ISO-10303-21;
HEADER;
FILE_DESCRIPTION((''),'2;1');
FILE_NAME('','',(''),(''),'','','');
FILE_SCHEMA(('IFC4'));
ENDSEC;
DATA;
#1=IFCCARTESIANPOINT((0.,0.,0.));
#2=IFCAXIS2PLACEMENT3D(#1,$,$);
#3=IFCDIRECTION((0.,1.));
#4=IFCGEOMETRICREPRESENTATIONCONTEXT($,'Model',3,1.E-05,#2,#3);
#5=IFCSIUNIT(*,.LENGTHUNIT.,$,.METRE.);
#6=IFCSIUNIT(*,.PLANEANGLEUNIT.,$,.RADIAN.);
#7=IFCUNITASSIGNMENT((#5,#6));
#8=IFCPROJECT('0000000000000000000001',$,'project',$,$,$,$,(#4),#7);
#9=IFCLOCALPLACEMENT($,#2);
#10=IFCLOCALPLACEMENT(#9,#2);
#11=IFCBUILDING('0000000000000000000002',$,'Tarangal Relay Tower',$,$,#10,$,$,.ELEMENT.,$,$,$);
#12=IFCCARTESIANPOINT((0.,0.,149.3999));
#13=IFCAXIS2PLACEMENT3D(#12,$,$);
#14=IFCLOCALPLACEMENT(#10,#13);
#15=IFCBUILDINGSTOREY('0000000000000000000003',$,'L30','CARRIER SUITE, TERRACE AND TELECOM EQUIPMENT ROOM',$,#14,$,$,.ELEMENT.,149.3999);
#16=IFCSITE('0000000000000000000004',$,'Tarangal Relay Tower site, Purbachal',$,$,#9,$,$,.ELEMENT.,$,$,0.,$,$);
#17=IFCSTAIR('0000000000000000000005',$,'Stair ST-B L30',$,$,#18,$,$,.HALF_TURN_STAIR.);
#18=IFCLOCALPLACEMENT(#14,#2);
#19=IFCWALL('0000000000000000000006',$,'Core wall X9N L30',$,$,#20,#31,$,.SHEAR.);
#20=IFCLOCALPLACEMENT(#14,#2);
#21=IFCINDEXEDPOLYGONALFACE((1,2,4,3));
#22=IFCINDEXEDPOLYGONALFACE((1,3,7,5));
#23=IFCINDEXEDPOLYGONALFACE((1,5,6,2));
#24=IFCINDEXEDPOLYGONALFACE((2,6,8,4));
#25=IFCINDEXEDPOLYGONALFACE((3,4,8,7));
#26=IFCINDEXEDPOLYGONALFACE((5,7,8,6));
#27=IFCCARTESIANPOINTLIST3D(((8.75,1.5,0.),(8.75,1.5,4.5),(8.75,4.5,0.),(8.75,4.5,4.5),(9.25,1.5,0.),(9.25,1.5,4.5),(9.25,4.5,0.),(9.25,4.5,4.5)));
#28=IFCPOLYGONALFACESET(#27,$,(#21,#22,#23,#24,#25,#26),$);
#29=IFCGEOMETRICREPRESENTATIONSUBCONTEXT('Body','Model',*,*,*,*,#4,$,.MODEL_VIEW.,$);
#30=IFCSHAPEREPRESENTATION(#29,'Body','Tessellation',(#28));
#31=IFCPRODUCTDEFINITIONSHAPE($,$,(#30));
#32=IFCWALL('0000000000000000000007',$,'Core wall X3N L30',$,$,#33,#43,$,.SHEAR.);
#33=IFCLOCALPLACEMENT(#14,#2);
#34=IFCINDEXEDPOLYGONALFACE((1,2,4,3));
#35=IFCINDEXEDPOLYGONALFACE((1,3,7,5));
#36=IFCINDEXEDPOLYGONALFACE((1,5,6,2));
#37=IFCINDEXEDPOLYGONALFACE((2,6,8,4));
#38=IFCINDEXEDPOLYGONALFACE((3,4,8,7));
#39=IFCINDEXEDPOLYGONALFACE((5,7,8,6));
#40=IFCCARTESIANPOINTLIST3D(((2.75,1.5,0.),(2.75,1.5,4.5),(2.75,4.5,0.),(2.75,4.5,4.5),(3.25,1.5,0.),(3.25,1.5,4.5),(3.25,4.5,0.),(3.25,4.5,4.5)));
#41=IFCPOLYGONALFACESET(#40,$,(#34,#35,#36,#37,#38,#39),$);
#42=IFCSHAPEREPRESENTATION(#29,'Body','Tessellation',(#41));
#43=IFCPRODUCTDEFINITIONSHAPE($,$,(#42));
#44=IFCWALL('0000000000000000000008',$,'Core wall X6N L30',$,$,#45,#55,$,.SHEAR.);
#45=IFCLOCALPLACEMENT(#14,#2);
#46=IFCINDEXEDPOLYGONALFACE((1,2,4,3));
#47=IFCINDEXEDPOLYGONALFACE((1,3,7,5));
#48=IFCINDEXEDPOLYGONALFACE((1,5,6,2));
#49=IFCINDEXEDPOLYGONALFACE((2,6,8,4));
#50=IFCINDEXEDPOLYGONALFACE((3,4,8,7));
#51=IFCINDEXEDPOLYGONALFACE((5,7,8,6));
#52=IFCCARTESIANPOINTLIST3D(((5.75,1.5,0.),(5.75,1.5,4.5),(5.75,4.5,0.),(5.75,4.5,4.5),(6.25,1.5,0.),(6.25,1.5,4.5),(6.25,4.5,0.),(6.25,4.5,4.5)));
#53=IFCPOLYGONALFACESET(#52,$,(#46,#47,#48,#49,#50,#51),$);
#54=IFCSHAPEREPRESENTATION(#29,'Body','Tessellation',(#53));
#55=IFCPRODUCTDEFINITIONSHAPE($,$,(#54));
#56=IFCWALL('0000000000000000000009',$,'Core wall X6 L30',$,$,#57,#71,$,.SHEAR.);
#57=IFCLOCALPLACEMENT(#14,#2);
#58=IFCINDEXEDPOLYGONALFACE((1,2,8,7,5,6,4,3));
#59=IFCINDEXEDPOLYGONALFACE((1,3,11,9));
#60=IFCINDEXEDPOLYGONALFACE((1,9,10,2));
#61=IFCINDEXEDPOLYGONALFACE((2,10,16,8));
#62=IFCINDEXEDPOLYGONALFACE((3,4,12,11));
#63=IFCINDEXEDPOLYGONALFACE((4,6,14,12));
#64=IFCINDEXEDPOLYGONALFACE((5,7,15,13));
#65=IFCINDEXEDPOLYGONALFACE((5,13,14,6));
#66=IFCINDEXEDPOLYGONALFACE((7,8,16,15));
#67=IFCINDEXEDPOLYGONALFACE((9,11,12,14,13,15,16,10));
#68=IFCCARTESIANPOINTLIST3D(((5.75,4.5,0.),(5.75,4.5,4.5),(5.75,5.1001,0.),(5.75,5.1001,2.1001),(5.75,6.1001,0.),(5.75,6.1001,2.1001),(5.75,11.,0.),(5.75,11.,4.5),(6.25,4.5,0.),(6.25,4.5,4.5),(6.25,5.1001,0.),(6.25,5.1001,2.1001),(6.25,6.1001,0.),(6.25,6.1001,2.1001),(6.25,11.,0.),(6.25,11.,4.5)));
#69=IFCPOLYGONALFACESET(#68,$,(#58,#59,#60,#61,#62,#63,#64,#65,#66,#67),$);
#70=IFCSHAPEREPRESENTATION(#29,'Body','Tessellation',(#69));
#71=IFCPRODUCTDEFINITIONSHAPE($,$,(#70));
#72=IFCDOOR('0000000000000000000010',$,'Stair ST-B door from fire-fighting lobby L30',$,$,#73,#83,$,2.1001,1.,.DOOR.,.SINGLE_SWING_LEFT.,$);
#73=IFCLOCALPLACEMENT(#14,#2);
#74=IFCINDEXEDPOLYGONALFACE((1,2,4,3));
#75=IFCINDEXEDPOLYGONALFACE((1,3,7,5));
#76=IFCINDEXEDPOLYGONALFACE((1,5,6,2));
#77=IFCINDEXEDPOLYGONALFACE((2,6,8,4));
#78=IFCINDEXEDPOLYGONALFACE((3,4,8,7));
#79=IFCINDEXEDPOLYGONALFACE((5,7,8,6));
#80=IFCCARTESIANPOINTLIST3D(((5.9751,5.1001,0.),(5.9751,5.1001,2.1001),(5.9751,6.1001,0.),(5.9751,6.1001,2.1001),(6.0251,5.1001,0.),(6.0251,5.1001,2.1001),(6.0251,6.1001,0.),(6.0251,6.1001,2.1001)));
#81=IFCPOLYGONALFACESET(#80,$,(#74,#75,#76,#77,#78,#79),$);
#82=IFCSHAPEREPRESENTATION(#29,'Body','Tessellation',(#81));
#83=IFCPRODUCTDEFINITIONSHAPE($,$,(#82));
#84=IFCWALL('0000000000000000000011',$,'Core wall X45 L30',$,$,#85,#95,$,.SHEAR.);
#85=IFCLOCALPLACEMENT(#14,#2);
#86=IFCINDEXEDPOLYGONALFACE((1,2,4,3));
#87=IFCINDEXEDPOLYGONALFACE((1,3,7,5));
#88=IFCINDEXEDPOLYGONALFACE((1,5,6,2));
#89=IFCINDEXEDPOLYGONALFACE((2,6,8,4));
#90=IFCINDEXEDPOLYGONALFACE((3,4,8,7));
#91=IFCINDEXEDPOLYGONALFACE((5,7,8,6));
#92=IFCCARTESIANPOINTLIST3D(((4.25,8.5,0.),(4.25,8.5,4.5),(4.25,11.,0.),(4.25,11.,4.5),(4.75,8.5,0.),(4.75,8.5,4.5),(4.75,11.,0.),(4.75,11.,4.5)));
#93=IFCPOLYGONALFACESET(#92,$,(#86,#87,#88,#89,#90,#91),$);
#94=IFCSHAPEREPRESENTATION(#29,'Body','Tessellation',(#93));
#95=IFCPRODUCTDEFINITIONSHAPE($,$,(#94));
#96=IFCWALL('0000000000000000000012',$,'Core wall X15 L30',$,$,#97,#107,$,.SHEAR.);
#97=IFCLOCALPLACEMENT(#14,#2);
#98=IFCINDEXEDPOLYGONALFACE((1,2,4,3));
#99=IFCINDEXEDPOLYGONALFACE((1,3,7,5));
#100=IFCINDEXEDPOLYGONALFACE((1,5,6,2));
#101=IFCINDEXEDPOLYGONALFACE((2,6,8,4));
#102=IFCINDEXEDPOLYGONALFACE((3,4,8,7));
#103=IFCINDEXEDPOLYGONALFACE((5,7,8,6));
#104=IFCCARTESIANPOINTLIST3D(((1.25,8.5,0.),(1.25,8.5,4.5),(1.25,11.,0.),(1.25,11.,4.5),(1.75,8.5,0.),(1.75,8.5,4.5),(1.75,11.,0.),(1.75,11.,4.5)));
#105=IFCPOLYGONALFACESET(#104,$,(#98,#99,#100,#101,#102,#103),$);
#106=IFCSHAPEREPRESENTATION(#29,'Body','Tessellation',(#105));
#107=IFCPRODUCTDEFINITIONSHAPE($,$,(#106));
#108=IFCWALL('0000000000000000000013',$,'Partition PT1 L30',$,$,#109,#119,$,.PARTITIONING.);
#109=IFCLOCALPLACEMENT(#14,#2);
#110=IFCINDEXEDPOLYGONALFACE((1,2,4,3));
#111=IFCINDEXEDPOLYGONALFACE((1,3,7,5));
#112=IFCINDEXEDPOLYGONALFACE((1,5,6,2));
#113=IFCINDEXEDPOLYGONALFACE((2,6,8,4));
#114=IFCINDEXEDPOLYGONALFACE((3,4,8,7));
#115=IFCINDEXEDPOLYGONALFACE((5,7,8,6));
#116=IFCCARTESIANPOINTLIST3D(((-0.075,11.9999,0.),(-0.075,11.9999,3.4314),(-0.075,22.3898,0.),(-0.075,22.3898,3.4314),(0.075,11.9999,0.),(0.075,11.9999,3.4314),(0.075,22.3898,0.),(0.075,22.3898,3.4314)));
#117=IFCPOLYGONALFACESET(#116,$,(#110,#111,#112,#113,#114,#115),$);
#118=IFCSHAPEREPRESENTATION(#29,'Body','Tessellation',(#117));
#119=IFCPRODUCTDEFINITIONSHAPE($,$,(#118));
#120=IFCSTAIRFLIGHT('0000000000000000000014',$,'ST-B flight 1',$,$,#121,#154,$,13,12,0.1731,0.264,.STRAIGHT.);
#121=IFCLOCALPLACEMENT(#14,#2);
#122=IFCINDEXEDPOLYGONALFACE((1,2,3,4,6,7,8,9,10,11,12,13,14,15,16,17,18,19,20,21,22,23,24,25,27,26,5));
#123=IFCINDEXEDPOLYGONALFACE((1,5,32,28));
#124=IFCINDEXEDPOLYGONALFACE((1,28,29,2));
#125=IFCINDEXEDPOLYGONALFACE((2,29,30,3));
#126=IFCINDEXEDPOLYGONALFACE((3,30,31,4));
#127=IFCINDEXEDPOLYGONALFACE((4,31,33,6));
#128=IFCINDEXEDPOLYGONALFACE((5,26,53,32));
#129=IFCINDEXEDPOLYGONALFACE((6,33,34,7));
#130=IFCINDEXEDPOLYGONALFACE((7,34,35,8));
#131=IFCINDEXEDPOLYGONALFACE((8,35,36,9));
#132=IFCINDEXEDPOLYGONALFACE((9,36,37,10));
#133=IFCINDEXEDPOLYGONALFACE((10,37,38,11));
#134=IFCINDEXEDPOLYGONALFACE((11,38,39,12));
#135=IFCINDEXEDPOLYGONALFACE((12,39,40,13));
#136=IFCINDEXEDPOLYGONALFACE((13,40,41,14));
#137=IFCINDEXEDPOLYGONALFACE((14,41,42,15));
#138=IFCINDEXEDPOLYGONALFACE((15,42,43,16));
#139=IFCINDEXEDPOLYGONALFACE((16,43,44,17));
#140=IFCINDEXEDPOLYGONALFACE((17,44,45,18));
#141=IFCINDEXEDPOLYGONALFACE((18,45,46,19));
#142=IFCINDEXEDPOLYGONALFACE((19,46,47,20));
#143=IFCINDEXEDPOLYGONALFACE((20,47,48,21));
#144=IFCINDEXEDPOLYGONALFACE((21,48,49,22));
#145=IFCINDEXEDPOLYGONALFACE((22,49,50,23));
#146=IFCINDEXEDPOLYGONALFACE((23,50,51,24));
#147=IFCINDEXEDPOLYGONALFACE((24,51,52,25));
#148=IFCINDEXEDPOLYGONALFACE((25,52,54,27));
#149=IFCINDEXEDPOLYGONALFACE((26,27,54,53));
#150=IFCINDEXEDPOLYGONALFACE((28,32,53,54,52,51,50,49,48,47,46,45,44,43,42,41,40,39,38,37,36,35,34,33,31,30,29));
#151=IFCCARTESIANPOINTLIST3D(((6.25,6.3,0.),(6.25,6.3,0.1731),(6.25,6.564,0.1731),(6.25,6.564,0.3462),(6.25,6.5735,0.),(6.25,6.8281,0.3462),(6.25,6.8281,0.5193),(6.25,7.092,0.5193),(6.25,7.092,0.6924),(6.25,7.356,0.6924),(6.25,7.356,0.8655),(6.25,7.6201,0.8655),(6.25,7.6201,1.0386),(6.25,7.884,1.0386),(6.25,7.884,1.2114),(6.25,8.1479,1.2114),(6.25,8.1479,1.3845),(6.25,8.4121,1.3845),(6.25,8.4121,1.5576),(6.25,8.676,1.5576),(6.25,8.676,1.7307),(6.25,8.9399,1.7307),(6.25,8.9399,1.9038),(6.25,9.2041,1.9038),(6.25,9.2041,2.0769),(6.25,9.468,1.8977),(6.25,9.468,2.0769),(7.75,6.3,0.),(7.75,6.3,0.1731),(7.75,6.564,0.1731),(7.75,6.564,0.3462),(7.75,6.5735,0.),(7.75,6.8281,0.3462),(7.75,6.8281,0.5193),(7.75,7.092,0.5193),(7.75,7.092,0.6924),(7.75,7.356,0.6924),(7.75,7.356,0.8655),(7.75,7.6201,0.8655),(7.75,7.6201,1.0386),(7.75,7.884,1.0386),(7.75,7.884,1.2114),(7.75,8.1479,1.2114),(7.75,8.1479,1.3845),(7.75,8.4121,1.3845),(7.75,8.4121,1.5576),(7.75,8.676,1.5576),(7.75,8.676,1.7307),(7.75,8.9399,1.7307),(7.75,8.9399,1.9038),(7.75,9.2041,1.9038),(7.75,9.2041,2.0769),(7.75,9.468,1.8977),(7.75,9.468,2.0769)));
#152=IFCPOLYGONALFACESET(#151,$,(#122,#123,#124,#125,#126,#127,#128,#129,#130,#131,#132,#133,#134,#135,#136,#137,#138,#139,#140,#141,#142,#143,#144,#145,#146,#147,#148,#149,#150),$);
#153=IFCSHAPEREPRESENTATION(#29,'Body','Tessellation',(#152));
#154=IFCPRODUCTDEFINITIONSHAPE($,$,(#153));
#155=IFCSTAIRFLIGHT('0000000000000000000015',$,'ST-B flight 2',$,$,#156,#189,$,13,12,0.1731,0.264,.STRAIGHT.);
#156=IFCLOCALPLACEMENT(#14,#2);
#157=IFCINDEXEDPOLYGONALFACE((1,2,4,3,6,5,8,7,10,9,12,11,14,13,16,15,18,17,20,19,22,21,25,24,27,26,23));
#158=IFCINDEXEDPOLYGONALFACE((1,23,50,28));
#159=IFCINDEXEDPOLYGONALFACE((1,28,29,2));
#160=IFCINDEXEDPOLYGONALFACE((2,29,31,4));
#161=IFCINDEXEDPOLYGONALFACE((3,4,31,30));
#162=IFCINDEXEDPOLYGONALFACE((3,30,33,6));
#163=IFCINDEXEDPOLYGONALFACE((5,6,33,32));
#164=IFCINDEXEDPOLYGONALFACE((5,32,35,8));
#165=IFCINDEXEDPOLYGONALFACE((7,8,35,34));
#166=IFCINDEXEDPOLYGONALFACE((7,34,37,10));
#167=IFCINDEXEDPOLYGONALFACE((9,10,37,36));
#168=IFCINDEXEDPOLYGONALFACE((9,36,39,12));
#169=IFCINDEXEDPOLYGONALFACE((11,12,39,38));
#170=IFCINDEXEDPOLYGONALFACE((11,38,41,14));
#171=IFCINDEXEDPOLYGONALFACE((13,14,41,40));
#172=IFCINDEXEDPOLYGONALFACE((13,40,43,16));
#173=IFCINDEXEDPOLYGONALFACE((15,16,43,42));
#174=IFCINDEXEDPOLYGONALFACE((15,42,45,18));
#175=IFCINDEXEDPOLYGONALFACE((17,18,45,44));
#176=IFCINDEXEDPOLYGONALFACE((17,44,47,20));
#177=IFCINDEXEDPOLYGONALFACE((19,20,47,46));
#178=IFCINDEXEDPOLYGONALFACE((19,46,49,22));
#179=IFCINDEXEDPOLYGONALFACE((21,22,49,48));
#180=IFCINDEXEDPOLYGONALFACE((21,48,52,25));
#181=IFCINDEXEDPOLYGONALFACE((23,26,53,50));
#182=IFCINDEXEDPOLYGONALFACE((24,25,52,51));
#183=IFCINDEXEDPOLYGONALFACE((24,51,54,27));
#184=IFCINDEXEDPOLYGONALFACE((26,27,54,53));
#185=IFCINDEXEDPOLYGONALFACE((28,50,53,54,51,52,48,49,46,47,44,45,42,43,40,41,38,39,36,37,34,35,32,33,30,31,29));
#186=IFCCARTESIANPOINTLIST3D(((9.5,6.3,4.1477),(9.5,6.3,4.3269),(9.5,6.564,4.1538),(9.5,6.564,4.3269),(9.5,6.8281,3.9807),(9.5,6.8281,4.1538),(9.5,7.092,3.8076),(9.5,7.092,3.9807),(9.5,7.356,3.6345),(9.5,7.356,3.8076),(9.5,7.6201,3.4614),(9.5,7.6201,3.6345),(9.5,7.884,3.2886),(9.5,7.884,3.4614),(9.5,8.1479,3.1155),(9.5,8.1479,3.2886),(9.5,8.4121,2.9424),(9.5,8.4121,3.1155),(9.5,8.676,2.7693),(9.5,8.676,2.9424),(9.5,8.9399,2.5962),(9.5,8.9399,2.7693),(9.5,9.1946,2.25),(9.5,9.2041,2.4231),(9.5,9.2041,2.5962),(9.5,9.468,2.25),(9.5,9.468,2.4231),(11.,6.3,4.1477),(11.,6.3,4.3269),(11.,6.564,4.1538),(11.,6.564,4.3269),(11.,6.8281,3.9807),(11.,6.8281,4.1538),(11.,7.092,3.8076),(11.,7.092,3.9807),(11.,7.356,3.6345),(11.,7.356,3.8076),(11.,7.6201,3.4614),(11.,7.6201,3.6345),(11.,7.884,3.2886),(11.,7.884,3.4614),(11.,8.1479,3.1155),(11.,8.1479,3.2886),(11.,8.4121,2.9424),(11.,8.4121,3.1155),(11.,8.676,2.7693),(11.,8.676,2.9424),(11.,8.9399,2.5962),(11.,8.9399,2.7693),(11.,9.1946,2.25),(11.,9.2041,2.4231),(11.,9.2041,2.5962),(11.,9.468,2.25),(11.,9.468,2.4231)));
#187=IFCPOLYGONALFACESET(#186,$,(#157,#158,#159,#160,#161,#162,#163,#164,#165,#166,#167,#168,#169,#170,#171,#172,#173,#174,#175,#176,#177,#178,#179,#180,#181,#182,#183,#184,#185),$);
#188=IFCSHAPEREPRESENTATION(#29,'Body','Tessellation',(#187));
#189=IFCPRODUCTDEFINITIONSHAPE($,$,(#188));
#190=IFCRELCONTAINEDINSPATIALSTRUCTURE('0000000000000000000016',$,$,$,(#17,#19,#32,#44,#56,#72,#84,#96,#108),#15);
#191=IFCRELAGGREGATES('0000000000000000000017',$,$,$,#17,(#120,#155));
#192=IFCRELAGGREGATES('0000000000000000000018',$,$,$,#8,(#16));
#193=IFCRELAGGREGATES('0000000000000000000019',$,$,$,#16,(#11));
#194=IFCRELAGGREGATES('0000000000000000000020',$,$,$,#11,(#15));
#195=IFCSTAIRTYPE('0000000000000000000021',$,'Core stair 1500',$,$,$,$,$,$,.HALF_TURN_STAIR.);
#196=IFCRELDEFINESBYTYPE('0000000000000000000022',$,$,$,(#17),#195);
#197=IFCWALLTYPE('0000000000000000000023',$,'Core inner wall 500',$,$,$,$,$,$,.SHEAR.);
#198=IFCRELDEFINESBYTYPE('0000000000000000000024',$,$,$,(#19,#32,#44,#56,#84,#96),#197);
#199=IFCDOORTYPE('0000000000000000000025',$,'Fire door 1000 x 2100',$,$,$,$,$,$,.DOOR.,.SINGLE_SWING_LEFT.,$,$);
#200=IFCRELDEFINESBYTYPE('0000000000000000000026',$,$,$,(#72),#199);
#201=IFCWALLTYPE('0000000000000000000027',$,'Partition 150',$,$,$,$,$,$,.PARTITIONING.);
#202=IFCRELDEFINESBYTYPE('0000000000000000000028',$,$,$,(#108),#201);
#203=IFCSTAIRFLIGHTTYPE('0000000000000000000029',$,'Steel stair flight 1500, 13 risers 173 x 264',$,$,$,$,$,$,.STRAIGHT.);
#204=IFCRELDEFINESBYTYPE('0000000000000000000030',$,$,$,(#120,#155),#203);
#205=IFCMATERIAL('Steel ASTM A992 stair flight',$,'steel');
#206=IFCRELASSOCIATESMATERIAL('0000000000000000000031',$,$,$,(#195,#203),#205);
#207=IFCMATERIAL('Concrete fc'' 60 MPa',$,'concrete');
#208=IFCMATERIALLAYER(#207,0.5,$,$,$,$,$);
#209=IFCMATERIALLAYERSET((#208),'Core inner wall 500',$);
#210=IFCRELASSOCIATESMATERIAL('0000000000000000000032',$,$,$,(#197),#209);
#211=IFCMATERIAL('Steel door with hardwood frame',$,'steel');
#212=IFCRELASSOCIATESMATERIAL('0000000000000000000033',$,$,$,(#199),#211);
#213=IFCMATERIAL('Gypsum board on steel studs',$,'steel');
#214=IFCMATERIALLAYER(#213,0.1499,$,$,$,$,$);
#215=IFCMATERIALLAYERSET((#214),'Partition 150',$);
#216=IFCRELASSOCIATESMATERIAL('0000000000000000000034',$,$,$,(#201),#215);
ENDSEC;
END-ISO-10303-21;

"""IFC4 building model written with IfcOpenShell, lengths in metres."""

from ifc_helpers import new_model, si_unit, direction, frame, frame_2d, origin, place, context, subcontext, project, spatial, polyline, rectangle, outline, extrude, material, layer, layer_set, type_object, element, fill, aggregate, save


model = new_model("IFC4")

# Units and contexts
model_context = context("Model", 3, precision=1e-05, world=origin(), true_north=direction((0.0, 1.0)))
body_context = subcontext(model_context, "Body", "Model", "MODEL_VIEW")
ifc_project = project(units=[si_unit("LENGTHUNIT", "METRE"), si_unit("PLANEANGLEUNIT", "RADIAN")], contexts=[model_context])

# Site, building, storey
site_placement = place(None, origin())
site = spatial("IfcSite", under=ifc_project, at=site_placement, Name="Tarangal Relay Tower site, Purbachal", CompositionType="ELEMENT", RefElevation=0.0)
building_placement = place(site_placement, origin())
building = spatial("IfcBuilding", under=site, at=building_placement, Name="Tarangal Relay Tower", CompositionType="ELEMENT")
storey_placement = place(building_placement, frame((0.0, 0.0, 149.3999)))
storey = spatial("IfcBuildingStorey", under=building, at=storey_placement, Name="L30", Description="CARRIER SUITE, TERRACE AND TELECOM EQUIPMENT ROOM", CompositionType="ELEMENT", Elevation=149.3999)

# Stair
ifc_material_1 = material(Name="Steel ASTM A992 stair flight", Category="steel")
stair_type = type_object("IfcStairType", Name="Core stair 1500", PredefinedType="HALF_TURN_STAIR", material=ifc_material_1)
stair_1_placement = place(storey_placement, origin())
stair_1 = element("IfcStair", 1, at=stair_1_placement, inside=storey, type_object=stair_type, Name="Stair ST-B L30", PredefinedType="HALF_TURN_STAIR")

# Walls
ifc_material_2 = material(Name="Concrete fc' 60 MPa", Category="concrete")
ifc_layer_1 = layer(ifc_material_2, 0.5)
ifc_layer_set_1 = layer_set([ifc_layer_1], Name="Core inner wall 500")
wall_type_1 = type_object("IfcWallType", Name="Core inner wall 500", PredefinedType="SHEAR", material=ifc_layer_set_1)
for number, where, z_axis, x_axis, name in (
    (2, (9.0, 1.5, 0.0), (0.0, 0.0, 1.0), (0.0, 1.0, 0.0), "Core wall X9N L30"),
    (3, (3.0, 1.5, 0.0), (0.0, 0.0, 1.0), (0.0, 1.0, 0.0), "Core wall X3N L30"),
    (4, (6.0, 1.5, 0.0), (0.0, 0.0, 1.0), (0.0, 1.0, 0.0), "Core wall X6N L30"),
):
    element("IfcWall", number, at=place(storey_placement, frame(where, z_axis=z_axis, x_axis=x_axis)), inside=storey, type_object=wall_type_1, Name=name, PredefinedType="SHEAR", context=body_context, shape_type="SweptSolid", body=[
        extrude(rectangle(XDim=3.0, YDim=0.5, at=frame_2d((1.5, 0.0))), origin(), (0.0, 0.0, 1.0), 4.5),
    ])

# Wall, opening, door
wall_1_placement = place(storey_placement, frame((6.0, 4.5, 0.0), z_axis=(0.0, 0.0, 1.0), x_axis=(0.0, 1.0, 0.0)))
wall_1 = element("IfcWall", 5, at=wall_1_placement, inside=storey, type_object=wall_type_1, Name="Core wall X6 L30", PredefinedType="SHEAR", context=body_context, shape_type="SweptSolid", body=[
    extrude(rectangle(XDim=6.5, YDim=0.5, at=frame_2d((3.25, 0.0))), origin(), (0.0, 0.0, 1.0), 4.5),
])
opening_placement = place(wall_1_placement, frame((0.6001, 0.0, 0.0)))
opening = element("IfcOpeningElement", 6, at=opening_placement, cuts=wall_1, PredefinedType="OPENING", context=body_context, shape_type="SweptSolid", body=[
    extrude(rectangle(XDim=1.0, YDim=2.1001, at=frame_2d((0.5, 1.05))), frame((0.0, 0.26, 0.0), z_axis=(0.0, -1.0, 0.0), x_axis=(1.0, 0.0, 0.0)), (0.0, 0.0, 1.0), 0.52),
])
ifc_material_3 = material(Name="Steel door with hardwood frame", Category="steel")
door_type = type_object("IfcDoorType", Name="Fire door 1000 x 2100", OperationType="SINGLE_SWING_LEFT", PredefinedType="DOOR", material=ifc_material_3)
door_placement = place(opening_placement, origin())
door = element("IfcDoor", 7, at=door_placement, inside=storey, type_object=door_type, Name="Stair ST-B door from fire-fighting lobby L30", OperationType="SINGLE_SWING_LEFT", OverallHeight=2.1001, OverallWidth=1.0, PredefinedType="DOOR", context=body_context, shape_type="SweptSolid", body=[
    extrude(rectangle(XDim=1.0, YDim=2.1001, at=frame_2d((0.5, 1.05))), frame((0.0, 0.0249, 0.0), z_axis=(0.0, -1.0, 0.0), x_axis=(1.0, 0.0, 0.0)), (0.0, 0.0, 1.0), 0.05),
])
fill(opening, door)

# Walls
for number, where, z_axis, x_axis, name in (
    (8, (4.5, 8.5, 0.0), (0.0, 0.0, 1.0), (0.0, 1.0, 0.0), "Core wall X45 L30"),
    (9, (1.5, 8.5, 0.0), (0.0, 0.0, 1.0), (0.0, 1.0, 0.0), "Core wall X15 L30"),
):
    element("IfcWall", number, at=place(storey_placement, frame(where, z_axis=z_axis, x_axis=x_axis)), inside=storey, type_object=wall_type_1, Name=name, PredefinedType="SHEAR", context=body_context, shape_type="SweptSolid", body=[
        extrude(rectangle(XDim=2.5, YDim=0.5, at=frame_2d((1.25, 0.0))), origin(), (0.0, 0.0, 1.0), 4.5),
    ])
ifc_material_4 = material(Name="Gypsum board on steel studs", Category="steel")
ifc_layer_2 = layer(ifc_material_4, 0.1499)
ifc_layer_set_2 = layer_set([ifc_layer_2], Name="Partition 150")
wall_type_2 = type_object("IfcWallType", Name="Partition 150", PredefinedType="PARTITIONING", material=ifc_layer_set_2)
wall_2_placement = place(storey_placement, frame((0.0, 12.0, 0.0), z_axis=(0.0, 0.0, 1.0), x_axis=(0.0, 1.0, 0.0)))
element("IfcWall", 10, at=wall_2_placement, inside=storey, type_object=wall_type_2, Name="Partition PT1 L30", PredefinedType="PARTITIONING", context=body_context, shape_type="SweptSolid", body=[
    extrude(rectangle(XDim=10.3899, YDim=0.1499, at=frame_2d((5.1948, 0.0))), origin(), (0.0, 0.0, 1.0), 3.4314),
])

# Stair flights
stair_flight_type = type_object("IfcStairFlightType", Name="Steel stair flight 1500, 13 risers 173 x 264", PredefinedType="STRAIGHT", material=ifc_material_1)
stair_flight_1_placement = place(storey_placement, frame((7.0, 6.3, 0.0), z_axis=(0.0, 0.0, 1.0), x_axis=(0.0, 1.0, 0.0)))
stair_flight_1 = element("IfcStairFlight", 11, at=stair_flight_1_placement, type_object=stair_flight_type, Name="ST-B flight 1", NumberOfRisers=13, NumberOfTreads=12, PredefinedType="STRAIGHT", RiserHeight=0.1731, TreadLength=0.264, context=body_context, shape_type="SweptSolid", body=[
    extrude(outline(polyline([(0.0, 0.0), (0.0, 0.1731), (0.2639, 0.1731), (0.2639, 0.3462), (0.5281, 0.3462), (0.5281, 0.5193), (0.792, 0.5193), (0.792, 0.6924), (1.0559, 0.6924), (1.0559, 0.8655), (1.3201, 0.8655), (1.3201, 1.0386), (1.584, 1.0386), (1.584, 1.2114), (1.8479, 1.2114), (1.8479, 1.3845), (2.1121, 1.3845), (2.1121, 1.5576), (2.376, 1.5576), (2.376, 1.7307), (2.6399, 1.7307), (2.6399, 1.9038), (2.9041, 1.9038), (2.9041, 2.0769), (3.168, 2.0769), (3.168, 2.25), (3.168, 1.8977), (0.2734, 0.0), (0.0, 0.0)])), frame((0.0, 0.75, 0.0), z_axis=(0.0, -1.0, 0.0), x_axis=(1.0, 0.0, 0.0)), (0.0, 0.0, 1.0), 1.5),
])
stair_flight_2_placement = place(storey_placement, frame((10.25, 9.468, 2.25), z_axis=(0.0, 0.0, 1.0), x_axis=(0.0, -1.0, 0.0)))
stair_flight_2 = element("IfcStairFlight", 12, at=stair_flight_2_placement, type_object=stair_flight_type, Name="ST-B flight 2", NumberOfRisers=13, NumberOfTreads=12, PredefinedType="STRAIGHT", RiserHeight=0.1731, TreadLength=0.264, context=body_context, shape_type="SweptSolid", body=[
    extrude(outline(polyline([(0.0, 0.0), (0.0, 0.1731), (0.2639, 0.1731), (0.2639, 0.3462), (0.5281, 0.3462), (0.5281, 0.5193), (0.792, 0.5193), (0.792, 0.6924), (1.0559, 0.6924), (1.0559, 0.8655), (1.3201, 0.8655), (1.3201, 1.0386), (1.584, 1.0386), (1.584, 1.2114), (1.8479, 1.2114), (1.8479, 1.3845), (2.1121, 1.3845), (2.1121, 1.5576), (2.376, 1.5576), (2.376, 1.7307), (2.6399, 1.7307), (2.6399, 1.9038), (2.9041, 1.9038), (2.9041, 2.0769), (3.168, 2.0769), (3.168, 2.25), (3.168, 1.8977), (0.2734, 0.0), (0.0, 0.0)])), frame((0.0, 0.75, 0.0), z_axis=(0.0, -1.0, 0.0), x_axis=(1.0, 0.0, 0.0)), (0.0, 0.0, 1.0), 1.5),
])
aggregate(stair_1, [stair_flight_1, stair_flight_2])

save(model, "model.ifc")
